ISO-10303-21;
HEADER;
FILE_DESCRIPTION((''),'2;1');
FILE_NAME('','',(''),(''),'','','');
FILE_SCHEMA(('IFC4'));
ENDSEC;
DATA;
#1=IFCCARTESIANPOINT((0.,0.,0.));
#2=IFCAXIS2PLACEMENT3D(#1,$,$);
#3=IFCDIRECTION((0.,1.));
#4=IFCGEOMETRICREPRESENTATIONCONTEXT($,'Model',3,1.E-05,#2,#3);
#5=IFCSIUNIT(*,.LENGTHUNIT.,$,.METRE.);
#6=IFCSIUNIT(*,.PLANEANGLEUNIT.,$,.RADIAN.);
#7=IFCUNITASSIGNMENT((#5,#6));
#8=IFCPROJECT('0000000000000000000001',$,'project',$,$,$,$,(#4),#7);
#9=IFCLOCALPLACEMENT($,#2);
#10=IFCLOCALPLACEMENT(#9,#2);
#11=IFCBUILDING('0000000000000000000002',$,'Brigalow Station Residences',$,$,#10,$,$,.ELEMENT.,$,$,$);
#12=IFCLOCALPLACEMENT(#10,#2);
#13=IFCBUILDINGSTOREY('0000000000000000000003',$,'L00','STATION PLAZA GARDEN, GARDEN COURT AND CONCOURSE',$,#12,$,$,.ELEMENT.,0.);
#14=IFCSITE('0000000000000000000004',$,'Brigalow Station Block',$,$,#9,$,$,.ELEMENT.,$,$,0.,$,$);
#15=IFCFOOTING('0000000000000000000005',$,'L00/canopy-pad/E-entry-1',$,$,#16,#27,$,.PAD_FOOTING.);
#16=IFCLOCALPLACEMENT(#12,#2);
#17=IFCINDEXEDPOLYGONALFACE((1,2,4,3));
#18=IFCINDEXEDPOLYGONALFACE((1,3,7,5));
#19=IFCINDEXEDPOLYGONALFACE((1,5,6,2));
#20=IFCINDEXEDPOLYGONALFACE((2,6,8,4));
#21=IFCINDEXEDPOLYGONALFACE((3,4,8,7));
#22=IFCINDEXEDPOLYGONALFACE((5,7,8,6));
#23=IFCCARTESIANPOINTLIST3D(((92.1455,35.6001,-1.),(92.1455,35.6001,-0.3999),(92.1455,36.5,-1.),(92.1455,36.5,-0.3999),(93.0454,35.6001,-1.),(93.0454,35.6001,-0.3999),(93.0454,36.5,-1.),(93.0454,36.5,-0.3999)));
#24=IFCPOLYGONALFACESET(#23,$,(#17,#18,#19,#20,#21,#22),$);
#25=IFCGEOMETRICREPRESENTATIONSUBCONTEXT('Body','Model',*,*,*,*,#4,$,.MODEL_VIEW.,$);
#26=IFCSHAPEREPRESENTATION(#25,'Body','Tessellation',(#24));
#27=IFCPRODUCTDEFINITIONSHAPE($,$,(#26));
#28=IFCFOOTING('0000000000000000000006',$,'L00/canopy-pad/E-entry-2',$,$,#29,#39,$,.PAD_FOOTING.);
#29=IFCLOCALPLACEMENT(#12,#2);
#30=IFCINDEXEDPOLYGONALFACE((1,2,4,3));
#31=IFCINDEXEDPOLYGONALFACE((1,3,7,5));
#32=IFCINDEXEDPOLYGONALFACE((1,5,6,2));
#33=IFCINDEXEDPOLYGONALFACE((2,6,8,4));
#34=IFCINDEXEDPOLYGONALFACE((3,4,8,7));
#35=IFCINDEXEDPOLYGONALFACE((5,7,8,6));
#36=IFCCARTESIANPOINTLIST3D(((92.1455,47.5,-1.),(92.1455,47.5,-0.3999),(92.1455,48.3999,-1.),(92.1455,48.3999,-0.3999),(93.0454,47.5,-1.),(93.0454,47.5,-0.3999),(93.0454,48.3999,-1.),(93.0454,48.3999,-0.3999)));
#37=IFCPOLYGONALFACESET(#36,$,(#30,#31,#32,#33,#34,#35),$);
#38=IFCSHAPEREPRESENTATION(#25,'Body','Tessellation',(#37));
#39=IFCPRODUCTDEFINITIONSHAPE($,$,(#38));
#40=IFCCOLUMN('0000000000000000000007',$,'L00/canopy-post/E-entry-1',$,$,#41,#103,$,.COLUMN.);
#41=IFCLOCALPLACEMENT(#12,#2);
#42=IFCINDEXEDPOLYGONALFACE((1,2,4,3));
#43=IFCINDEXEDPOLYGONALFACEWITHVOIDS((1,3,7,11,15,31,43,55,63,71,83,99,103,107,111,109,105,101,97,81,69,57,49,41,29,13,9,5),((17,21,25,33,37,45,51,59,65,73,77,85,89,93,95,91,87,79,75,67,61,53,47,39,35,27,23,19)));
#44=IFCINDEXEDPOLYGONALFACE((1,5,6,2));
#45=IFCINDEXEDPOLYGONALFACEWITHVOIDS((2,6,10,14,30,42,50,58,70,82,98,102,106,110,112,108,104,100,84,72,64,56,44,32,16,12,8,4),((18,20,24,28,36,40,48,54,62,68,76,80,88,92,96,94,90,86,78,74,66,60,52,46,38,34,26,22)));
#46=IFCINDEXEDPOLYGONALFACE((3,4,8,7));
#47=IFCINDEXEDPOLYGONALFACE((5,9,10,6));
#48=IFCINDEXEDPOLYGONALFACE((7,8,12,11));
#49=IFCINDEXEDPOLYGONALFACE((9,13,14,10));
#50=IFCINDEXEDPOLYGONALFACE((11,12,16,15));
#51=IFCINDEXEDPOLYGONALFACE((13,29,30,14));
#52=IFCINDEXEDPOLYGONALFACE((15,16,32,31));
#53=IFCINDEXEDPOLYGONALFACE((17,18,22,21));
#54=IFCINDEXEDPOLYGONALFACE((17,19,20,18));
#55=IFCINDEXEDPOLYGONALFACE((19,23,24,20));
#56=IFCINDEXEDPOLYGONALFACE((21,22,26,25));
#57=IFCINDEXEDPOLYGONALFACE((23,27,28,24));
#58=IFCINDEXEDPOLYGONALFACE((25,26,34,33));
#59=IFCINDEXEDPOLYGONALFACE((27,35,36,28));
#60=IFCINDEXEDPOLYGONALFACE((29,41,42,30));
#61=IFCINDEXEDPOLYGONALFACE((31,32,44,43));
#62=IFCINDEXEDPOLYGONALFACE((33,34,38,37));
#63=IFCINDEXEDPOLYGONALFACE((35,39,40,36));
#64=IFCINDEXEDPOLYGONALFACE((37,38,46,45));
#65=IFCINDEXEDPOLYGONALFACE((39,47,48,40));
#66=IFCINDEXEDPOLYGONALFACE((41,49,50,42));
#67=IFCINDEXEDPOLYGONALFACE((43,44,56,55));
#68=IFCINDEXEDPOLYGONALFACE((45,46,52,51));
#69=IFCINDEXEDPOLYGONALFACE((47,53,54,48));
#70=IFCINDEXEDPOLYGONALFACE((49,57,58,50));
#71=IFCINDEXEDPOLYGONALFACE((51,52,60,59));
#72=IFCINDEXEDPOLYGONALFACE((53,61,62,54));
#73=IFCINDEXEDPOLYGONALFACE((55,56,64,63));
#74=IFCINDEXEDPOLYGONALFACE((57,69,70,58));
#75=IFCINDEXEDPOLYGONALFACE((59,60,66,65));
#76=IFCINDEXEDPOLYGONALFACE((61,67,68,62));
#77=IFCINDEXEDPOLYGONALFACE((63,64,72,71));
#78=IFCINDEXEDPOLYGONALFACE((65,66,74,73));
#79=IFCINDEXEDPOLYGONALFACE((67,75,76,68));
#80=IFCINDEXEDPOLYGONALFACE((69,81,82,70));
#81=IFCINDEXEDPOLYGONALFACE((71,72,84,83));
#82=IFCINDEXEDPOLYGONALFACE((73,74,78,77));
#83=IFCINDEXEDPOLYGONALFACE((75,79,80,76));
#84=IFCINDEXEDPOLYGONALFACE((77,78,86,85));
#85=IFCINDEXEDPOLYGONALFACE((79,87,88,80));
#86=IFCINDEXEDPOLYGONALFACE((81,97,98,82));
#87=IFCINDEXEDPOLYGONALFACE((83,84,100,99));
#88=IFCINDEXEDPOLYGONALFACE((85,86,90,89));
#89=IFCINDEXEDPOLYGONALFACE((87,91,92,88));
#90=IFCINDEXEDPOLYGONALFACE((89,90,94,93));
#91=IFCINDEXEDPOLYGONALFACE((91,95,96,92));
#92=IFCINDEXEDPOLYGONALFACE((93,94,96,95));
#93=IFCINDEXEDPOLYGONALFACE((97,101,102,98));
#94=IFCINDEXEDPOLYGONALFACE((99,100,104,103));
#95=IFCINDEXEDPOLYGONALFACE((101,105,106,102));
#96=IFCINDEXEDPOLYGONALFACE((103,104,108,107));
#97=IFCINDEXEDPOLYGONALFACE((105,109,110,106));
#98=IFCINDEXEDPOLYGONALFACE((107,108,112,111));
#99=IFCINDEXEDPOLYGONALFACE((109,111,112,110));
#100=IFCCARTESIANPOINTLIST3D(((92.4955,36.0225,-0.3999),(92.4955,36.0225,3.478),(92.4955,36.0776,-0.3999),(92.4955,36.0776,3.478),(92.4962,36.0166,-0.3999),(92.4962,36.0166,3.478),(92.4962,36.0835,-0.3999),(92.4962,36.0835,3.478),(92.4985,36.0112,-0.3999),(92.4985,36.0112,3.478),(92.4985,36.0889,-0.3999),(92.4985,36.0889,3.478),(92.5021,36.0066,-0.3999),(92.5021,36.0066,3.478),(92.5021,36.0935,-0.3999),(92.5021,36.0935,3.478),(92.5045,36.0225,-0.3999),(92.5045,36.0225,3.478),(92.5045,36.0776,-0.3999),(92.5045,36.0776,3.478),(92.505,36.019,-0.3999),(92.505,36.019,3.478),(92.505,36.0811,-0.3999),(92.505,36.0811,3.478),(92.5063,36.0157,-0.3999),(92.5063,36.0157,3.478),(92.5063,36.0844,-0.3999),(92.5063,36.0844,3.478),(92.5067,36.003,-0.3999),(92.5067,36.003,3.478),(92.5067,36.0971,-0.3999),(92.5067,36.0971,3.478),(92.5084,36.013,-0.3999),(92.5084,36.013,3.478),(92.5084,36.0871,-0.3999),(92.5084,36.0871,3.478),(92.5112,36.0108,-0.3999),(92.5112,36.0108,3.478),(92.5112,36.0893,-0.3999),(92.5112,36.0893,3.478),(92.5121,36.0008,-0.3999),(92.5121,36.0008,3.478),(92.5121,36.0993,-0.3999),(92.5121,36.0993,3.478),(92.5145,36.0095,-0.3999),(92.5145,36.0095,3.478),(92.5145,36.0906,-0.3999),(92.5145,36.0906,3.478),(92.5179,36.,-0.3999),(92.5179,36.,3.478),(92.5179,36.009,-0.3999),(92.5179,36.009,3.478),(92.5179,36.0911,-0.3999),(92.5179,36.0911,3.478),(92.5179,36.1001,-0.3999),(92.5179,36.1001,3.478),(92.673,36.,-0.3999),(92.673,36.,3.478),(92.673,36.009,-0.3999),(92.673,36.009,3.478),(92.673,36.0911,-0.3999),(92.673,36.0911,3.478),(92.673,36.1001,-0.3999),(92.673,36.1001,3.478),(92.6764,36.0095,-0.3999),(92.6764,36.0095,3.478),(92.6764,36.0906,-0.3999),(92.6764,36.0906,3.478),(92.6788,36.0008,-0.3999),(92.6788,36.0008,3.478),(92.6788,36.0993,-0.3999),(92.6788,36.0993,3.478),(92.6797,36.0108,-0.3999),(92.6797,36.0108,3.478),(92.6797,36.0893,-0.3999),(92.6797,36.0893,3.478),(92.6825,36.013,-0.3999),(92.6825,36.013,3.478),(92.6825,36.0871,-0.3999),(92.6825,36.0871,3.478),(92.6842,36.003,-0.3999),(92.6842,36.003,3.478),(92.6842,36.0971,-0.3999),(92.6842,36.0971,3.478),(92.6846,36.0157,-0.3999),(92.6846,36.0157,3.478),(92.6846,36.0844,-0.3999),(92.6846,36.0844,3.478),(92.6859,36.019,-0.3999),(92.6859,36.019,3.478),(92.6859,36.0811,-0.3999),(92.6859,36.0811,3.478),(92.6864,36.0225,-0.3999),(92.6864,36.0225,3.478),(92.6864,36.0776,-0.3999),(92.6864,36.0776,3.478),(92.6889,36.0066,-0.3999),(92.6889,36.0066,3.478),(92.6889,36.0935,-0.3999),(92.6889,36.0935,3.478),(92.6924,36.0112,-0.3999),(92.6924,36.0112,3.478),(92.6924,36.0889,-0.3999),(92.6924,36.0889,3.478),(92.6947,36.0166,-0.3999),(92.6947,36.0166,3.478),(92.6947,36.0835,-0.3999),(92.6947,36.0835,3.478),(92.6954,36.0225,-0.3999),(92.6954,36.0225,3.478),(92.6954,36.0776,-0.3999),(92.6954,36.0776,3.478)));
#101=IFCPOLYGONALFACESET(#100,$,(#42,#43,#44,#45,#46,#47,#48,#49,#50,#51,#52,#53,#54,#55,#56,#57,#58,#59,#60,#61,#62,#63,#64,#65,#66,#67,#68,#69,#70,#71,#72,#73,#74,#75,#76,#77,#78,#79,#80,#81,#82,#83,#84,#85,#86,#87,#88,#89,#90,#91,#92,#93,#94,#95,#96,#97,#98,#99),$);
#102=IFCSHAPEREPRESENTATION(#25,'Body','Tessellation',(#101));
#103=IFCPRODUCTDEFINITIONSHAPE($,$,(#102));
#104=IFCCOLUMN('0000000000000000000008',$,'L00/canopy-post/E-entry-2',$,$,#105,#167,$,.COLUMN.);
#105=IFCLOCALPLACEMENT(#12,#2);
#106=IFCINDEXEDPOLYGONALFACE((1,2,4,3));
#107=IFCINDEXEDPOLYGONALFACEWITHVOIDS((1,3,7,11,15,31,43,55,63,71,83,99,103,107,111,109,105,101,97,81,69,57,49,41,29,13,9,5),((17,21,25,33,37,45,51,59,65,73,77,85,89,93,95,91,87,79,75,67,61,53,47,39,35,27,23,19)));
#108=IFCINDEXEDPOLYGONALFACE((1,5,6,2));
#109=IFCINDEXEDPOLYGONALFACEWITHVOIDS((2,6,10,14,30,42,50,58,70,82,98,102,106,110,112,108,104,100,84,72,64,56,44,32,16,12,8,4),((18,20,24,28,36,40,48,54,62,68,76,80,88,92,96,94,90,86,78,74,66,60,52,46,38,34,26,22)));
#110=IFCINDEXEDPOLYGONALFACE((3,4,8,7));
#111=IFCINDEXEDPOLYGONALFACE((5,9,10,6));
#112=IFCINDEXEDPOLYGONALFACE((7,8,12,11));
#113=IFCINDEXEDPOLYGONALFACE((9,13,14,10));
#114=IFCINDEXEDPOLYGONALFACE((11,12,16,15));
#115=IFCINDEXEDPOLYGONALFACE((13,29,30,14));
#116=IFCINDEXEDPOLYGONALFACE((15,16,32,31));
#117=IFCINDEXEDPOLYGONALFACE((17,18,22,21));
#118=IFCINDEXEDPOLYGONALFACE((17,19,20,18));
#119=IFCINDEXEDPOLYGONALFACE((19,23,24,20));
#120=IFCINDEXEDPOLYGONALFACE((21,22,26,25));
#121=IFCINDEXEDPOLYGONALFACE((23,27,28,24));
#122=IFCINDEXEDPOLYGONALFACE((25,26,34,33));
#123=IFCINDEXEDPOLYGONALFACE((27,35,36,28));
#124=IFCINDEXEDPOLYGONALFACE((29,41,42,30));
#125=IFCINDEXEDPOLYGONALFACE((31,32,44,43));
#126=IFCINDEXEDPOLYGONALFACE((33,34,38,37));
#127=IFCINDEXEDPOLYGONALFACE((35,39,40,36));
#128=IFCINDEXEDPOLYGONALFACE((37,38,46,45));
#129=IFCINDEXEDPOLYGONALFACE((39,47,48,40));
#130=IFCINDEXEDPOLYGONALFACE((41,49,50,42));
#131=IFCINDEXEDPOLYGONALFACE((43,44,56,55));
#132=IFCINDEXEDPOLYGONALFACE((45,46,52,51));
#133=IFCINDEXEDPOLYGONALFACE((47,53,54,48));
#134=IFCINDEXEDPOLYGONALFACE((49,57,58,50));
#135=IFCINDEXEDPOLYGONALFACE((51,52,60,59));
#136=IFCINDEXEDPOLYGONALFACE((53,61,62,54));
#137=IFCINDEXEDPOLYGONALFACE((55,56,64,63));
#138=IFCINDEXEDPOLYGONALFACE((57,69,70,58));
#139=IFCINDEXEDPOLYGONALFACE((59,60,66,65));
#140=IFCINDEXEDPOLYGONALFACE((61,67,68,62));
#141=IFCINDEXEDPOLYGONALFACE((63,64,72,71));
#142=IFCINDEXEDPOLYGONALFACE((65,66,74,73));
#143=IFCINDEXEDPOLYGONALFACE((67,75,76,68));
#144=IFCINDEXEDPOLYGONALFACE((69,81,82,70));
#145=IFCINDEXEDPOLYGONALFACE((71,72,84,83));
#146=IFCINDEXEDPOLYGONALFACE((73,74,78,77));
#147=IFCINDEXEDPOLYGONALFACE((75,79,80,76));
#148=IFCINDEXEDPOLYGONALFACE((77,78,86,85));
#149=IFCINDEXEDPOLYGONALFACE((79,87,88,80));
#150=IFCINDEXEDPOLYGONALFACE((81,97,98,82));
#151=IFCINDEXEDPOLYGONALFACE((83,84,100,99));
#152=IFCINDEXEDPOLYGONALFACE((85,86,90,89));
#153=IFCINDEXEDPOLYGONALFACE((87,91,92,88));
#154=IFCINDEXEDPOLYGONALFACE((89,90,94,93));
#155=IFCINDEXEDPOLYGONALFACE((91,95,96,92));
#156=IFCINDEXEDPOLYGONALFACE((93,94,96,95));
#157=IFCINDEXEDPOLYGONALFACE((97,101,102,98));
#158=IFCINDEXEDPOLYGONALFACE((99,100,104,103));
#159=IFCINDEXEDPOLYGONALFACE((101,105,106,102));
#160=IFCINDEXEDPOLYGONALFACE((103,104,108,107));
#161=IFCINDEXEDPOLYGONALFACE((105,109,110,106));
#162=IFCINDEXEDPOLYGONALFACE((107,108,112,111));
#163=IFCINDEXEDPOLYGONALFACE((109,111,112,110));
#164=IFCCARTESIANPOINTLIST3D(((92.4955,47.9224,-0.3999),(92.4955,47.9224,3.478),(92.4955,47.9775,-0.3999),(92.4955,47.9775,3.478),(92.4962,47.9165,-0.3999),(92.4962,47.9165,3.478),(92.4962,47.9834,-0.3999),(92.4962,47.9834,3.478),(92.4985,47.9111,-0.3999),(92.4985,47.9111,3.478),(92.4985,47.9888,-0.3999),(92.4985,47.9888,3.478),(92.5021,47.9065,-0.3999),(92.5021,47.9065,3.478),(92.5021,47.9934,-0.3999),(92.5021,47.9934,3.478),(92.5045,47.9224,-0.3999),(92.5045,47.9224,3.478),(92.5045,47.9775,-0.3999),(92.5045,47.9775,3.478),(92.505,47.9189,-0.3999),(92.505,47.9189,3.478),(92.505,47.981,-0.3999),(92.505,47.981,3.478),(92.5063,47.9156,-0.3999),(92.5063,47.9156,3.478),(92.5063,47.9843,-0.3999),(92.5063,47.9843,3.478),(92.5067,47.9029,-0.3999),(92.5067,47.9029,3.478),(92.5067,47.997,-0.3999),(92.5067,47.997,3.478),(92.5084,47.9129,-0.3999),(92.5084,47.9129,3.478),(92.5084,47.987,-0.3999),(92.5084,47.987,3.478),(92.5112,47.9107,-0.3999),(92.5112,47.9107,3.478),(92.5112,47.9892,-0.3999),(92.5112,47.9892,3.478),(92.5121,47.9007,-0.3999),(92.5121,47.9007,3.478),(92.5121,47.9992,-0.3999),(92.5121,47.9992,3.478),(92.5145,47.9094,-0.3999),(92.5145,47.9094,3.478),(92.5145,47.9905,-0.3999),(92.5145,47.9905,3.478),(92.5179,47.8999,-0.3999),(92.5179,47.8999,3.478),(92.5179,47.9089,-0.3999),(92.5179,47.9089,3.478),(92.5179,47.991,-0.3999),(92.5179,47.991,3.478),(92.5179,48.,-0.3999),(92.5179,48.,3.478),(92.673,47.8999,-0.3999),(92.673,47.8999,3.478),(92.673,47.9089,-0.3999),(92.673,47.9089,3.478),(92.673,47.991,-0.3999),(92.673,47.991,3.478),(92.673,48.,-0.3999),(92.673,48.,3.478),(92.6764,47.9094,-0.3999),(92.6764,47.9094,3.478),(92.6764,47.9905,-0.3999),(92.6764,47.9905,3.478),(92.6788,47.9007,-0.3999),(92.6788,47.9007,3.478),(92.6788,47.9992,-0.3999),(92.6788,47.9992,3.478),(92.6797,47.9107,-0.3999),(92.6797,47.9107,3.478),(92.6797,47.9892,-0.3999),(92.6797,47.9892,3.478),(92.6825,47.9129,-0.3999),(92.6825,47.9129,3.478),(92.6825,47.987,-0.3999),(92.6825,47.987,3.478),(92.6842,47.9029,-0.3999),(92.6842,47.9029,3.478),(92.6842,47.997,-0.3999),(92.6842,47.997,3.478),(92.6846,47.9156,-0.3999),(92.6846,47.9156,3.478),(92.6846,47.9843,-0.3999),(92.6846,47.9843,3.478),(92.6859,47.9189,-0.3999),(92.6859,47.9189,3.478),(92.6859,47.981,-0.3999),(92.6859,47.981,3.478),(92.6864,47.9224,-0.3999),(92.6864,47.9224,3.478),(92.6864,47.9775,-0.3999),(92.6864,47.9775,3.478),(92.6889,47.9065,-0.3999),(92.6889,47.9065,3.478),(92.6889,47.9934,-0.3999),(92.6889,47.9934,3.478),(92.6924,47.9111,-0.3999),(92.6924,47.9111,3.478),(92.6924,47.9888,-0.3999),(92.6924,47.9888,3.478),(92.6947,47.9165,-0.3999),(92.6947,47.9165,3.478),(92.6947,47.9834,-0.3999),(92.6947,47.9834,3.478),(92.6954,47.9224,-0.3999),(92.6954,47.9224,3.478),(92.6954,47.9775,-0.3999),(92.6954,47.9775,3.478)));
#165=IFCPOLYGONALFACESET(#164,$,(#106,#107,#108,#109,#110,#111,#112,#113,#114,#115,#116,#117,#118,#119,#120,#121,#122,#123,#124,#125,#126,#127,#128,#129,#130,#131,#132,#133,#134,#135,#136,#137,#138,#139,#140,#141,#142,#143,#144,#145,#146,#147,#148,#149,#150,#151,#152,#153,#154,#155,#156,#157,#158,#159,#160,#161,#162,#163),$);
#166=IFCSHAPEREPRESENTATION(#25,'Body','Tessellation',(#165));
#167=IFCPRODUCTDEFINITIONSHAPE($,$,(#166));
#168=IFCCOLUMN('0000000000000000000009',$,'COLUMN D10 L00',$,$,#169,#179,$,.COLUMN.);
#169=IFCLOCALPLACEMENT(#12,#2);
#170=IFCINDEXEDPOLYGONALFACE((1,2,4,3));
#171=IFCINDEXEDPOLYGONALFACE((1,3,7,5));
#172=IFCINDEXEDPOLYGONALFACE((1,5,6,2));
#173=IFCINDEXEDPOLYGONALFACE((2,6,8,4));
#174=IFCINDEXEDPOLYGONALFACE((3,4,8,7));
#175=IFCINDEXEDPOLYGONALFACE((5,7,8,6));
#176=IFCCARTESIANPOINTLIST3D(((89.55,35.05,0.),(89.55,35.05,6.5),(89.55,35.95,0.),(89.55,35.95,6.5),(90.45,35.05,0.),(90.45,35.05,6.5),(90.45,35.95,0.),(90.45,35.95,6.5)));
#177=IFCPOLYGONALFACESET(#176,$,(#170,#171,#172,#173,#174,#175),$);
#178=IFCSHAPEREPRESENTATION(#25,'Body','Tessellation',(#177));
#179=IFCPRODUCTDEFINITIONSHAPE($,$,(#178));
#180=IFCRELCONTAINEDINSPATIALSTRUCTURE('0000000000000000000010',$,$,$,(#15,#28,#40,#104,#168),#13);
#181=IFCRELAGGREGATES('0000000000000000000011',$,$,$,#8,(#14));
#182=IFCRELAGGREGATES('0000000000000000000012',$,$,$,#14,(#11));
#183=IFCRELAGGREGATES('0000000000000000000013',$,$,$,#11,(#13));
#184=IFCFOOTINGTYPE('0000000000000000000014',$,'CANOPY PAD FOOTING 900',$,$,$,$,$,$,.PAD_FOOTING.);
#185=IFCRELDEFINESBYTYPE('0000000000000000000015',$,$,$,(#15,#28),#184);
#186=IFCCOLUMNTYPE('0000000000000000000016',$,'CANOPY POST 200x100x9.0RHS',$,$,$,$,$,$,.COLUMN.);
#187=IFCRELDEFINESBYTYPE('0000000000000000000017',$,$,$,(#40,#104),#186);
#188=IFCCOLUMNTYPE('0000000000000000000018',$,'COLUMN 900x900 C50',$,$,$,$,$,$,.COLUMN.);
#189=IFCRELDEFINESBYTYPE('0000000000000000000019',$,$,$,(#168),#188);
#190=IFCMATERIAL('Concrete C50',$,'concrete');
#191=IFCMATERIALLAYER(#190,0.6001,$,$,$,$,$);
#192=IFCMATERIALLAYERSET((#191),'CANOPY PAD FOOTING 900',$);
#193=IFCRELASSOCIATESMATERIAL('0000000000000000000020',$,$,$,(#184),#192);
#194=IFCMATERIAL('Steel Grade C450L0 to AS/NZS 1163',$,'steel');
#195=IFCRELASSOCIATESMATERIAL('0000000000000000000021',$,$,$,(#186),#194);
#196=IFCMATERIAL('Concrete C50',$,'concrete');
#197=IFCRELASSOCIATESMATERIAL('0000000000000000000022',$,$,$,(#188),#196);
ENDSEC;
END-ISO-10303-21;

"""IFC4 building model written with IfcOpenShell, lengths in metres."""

from ifc_helpers import new_model, si_unit, direction, frame, origin, origin_2d, place, context, subcontext, project, spatial, rectangle, hollow_rectangle, extrude, material, layer, layer_set, material_profile, profile_set, type_object, element, save


model = new_model("IFC4")

# Units and contexts
model_context = context("Model", 3, precision=1e-05, world=origin(), true_north=direction((0.0, 1.0)))
body_context = subcontext(model_context, "Body", "Model", "MODEL_VIEW")
ifc_project = project(units=[si_unit("LENGTHUNIT", "METRE"), si_unit("PLANEANGLEUNIT", "RADIAN")], contexts=[model_context])

# Site, building, storey
site_placement = place(None, origin())
site = spatial("IfcSite", under=ifc_project, at=site_placement, Name="Brigalow Station Block", CompositionType="ELEMENT", RefElevation=0.0)
building_placement = place(site_placement, origin())
building = spatial("IfcBuilding", under=site, at=building_placement, Name="Brigalow Station Residences", CompositionType="ELEMENT")
storey_placement = place(building_placement, origin())
storey = spatial("IfcBuildingStorey", under=building, at=storey_placement, Name="L00", Description="STATION PLAZA GARDEN, GARDEN COURT AND CONCOURSE", CompositionType="ELEMENT", Elevation=0.0)

# Footings
ifc_material_1 = material(Name="Concrete C50", Category="concrete")
ifc_layer_1 = layer(ifc_material_1, 0.6001)
ifc_layer_set_1 = layer_set([ifc_layer_1], Name="CANOPY PAD FOOTING 900")
footing_type = type_object("IfcFootingType", Name="CANOPY PAD FOOTING 900", PredefinedType="PAD_FOOTING", material=ifc_layer_set_1)
for number, where, z_axis, x_axis, name in (
    (1, (92.5955, 36.05, -1.0), (0.0, 0.0, 1.0), (0.0, 1.0, 0.0), "L00/canopy-pad/E-entry-1"),
    (2, (92.5955, 47.95, -1.0), (0.0, 0.0, 1.0), (0.0, 1.0, 0.0), "L00/canopy-pad/E-entry-2"),
):
    element("IfcFooting", number, at=place(storey_placement, frame(where, z_axis=z_axis, x_axis=x_axis)), inside=storey, type_object=footing_type, Name=name, PredefinedType="PAD_FOOTING", context=body_context, shape_type="SweptSolid", body=[
        extrude(rectangle(XDim=0.8999, YDim=0.8999, at=origin_2d()), origin(), (0.0, 0.0, 1.0), 0.6001),
    ])

# Columns
ifc_material_2 = material(Name="Steel Grade C450L0 to AS/NZS 1163", Category="steel")
ifc_material_profile_1 = material_profile(ifc_material_2, hollow_rectangle(XDim=0.1001, YDim=0.2, WallThickness=0.009, InnerFilletRadius=0.0134, OuterFilletRadius=0.0225, at=origin_2d()), Name="200x100x9.0RHS")
ifc_profile_set_1 = profile_set([ifc_material_profile_1], Name="Steel Grade C450L0 to AS/NZS 1163")
column_type_1 = type_object("IfcColumnType", Name="CANOPY POST 200x100x9.0RHS", PredefinedType="COLUMN", material=ifc_profile_set_1)
for number, where, z_axis, x_axis, name in (
    (3, (92.5955, 36.05, -0.3999), (0.0, 0.0, 1.0), (0.0, 1.0, 0.0), "L00/canopy-post/E-entry-1"),
    (4, (92.5955, 47.95, -0.3999), (0.0, 0.0, 1.0), (0.0, 1.0, 0.0), "L00/canopy-post/E-entry-2"),
):
    element("IfcColumn", number, at=place(storey_placement, frame(where, z_axis=z_axis, x_axis=x_axis)), inside=storey, type_object=column_type_1, Name=name, PredefinedType="COLUMN", context=body_context, shape_type="SweptSolid", body=[
        extrude(hollow_rectangle(XDim=0.1001, YDim=0.2, WallThickness=0.009, InnerFilletRadius=0.0134, OuterFilletRadius=0.0225, at=origin_2d()), origin(), (0.0, 0.0, 1.0), 3.8779),
    ])
ifc_material_3 = material(Name="Concrete C50", Category="concrete")
ifc_material_profile_2 = material_profile(ifc_material_3, rectangle(XDim=0.8999, YDim=0.8999, at=origin_2d()), Name="RC900x900")
ifc_profile_set_2 = profile_set([ifc_material_profile_2], Name="Concrete C50")
column_type_2 = type_object("IfcColumnType", Name="COLUMN 900x900 C50", PredefinedType="COLUMN", material=ifc_profile_set_2)
column_placement = place(storey_placement, frame((90.0, 35.5, 0.0), z_axis=(0.0, 0.0, 1.0), x_axis=(1.0, 0.0, 0.0)))
element("IfcColumn", 5, at=column_placement, inside=storey, type_object=column_type_2, Name="COLUMN D10 L00", PredefinedType="COLUMN", context=body_context, shape_type="SweptSolid", body=[
    extrude(rectangle(XDim=0.8999, YDim=0.8999, at=origin_2d()), origin(), (0.0, 0.0, 1.0), 6.5),
])

save(model, "model.ifc")
